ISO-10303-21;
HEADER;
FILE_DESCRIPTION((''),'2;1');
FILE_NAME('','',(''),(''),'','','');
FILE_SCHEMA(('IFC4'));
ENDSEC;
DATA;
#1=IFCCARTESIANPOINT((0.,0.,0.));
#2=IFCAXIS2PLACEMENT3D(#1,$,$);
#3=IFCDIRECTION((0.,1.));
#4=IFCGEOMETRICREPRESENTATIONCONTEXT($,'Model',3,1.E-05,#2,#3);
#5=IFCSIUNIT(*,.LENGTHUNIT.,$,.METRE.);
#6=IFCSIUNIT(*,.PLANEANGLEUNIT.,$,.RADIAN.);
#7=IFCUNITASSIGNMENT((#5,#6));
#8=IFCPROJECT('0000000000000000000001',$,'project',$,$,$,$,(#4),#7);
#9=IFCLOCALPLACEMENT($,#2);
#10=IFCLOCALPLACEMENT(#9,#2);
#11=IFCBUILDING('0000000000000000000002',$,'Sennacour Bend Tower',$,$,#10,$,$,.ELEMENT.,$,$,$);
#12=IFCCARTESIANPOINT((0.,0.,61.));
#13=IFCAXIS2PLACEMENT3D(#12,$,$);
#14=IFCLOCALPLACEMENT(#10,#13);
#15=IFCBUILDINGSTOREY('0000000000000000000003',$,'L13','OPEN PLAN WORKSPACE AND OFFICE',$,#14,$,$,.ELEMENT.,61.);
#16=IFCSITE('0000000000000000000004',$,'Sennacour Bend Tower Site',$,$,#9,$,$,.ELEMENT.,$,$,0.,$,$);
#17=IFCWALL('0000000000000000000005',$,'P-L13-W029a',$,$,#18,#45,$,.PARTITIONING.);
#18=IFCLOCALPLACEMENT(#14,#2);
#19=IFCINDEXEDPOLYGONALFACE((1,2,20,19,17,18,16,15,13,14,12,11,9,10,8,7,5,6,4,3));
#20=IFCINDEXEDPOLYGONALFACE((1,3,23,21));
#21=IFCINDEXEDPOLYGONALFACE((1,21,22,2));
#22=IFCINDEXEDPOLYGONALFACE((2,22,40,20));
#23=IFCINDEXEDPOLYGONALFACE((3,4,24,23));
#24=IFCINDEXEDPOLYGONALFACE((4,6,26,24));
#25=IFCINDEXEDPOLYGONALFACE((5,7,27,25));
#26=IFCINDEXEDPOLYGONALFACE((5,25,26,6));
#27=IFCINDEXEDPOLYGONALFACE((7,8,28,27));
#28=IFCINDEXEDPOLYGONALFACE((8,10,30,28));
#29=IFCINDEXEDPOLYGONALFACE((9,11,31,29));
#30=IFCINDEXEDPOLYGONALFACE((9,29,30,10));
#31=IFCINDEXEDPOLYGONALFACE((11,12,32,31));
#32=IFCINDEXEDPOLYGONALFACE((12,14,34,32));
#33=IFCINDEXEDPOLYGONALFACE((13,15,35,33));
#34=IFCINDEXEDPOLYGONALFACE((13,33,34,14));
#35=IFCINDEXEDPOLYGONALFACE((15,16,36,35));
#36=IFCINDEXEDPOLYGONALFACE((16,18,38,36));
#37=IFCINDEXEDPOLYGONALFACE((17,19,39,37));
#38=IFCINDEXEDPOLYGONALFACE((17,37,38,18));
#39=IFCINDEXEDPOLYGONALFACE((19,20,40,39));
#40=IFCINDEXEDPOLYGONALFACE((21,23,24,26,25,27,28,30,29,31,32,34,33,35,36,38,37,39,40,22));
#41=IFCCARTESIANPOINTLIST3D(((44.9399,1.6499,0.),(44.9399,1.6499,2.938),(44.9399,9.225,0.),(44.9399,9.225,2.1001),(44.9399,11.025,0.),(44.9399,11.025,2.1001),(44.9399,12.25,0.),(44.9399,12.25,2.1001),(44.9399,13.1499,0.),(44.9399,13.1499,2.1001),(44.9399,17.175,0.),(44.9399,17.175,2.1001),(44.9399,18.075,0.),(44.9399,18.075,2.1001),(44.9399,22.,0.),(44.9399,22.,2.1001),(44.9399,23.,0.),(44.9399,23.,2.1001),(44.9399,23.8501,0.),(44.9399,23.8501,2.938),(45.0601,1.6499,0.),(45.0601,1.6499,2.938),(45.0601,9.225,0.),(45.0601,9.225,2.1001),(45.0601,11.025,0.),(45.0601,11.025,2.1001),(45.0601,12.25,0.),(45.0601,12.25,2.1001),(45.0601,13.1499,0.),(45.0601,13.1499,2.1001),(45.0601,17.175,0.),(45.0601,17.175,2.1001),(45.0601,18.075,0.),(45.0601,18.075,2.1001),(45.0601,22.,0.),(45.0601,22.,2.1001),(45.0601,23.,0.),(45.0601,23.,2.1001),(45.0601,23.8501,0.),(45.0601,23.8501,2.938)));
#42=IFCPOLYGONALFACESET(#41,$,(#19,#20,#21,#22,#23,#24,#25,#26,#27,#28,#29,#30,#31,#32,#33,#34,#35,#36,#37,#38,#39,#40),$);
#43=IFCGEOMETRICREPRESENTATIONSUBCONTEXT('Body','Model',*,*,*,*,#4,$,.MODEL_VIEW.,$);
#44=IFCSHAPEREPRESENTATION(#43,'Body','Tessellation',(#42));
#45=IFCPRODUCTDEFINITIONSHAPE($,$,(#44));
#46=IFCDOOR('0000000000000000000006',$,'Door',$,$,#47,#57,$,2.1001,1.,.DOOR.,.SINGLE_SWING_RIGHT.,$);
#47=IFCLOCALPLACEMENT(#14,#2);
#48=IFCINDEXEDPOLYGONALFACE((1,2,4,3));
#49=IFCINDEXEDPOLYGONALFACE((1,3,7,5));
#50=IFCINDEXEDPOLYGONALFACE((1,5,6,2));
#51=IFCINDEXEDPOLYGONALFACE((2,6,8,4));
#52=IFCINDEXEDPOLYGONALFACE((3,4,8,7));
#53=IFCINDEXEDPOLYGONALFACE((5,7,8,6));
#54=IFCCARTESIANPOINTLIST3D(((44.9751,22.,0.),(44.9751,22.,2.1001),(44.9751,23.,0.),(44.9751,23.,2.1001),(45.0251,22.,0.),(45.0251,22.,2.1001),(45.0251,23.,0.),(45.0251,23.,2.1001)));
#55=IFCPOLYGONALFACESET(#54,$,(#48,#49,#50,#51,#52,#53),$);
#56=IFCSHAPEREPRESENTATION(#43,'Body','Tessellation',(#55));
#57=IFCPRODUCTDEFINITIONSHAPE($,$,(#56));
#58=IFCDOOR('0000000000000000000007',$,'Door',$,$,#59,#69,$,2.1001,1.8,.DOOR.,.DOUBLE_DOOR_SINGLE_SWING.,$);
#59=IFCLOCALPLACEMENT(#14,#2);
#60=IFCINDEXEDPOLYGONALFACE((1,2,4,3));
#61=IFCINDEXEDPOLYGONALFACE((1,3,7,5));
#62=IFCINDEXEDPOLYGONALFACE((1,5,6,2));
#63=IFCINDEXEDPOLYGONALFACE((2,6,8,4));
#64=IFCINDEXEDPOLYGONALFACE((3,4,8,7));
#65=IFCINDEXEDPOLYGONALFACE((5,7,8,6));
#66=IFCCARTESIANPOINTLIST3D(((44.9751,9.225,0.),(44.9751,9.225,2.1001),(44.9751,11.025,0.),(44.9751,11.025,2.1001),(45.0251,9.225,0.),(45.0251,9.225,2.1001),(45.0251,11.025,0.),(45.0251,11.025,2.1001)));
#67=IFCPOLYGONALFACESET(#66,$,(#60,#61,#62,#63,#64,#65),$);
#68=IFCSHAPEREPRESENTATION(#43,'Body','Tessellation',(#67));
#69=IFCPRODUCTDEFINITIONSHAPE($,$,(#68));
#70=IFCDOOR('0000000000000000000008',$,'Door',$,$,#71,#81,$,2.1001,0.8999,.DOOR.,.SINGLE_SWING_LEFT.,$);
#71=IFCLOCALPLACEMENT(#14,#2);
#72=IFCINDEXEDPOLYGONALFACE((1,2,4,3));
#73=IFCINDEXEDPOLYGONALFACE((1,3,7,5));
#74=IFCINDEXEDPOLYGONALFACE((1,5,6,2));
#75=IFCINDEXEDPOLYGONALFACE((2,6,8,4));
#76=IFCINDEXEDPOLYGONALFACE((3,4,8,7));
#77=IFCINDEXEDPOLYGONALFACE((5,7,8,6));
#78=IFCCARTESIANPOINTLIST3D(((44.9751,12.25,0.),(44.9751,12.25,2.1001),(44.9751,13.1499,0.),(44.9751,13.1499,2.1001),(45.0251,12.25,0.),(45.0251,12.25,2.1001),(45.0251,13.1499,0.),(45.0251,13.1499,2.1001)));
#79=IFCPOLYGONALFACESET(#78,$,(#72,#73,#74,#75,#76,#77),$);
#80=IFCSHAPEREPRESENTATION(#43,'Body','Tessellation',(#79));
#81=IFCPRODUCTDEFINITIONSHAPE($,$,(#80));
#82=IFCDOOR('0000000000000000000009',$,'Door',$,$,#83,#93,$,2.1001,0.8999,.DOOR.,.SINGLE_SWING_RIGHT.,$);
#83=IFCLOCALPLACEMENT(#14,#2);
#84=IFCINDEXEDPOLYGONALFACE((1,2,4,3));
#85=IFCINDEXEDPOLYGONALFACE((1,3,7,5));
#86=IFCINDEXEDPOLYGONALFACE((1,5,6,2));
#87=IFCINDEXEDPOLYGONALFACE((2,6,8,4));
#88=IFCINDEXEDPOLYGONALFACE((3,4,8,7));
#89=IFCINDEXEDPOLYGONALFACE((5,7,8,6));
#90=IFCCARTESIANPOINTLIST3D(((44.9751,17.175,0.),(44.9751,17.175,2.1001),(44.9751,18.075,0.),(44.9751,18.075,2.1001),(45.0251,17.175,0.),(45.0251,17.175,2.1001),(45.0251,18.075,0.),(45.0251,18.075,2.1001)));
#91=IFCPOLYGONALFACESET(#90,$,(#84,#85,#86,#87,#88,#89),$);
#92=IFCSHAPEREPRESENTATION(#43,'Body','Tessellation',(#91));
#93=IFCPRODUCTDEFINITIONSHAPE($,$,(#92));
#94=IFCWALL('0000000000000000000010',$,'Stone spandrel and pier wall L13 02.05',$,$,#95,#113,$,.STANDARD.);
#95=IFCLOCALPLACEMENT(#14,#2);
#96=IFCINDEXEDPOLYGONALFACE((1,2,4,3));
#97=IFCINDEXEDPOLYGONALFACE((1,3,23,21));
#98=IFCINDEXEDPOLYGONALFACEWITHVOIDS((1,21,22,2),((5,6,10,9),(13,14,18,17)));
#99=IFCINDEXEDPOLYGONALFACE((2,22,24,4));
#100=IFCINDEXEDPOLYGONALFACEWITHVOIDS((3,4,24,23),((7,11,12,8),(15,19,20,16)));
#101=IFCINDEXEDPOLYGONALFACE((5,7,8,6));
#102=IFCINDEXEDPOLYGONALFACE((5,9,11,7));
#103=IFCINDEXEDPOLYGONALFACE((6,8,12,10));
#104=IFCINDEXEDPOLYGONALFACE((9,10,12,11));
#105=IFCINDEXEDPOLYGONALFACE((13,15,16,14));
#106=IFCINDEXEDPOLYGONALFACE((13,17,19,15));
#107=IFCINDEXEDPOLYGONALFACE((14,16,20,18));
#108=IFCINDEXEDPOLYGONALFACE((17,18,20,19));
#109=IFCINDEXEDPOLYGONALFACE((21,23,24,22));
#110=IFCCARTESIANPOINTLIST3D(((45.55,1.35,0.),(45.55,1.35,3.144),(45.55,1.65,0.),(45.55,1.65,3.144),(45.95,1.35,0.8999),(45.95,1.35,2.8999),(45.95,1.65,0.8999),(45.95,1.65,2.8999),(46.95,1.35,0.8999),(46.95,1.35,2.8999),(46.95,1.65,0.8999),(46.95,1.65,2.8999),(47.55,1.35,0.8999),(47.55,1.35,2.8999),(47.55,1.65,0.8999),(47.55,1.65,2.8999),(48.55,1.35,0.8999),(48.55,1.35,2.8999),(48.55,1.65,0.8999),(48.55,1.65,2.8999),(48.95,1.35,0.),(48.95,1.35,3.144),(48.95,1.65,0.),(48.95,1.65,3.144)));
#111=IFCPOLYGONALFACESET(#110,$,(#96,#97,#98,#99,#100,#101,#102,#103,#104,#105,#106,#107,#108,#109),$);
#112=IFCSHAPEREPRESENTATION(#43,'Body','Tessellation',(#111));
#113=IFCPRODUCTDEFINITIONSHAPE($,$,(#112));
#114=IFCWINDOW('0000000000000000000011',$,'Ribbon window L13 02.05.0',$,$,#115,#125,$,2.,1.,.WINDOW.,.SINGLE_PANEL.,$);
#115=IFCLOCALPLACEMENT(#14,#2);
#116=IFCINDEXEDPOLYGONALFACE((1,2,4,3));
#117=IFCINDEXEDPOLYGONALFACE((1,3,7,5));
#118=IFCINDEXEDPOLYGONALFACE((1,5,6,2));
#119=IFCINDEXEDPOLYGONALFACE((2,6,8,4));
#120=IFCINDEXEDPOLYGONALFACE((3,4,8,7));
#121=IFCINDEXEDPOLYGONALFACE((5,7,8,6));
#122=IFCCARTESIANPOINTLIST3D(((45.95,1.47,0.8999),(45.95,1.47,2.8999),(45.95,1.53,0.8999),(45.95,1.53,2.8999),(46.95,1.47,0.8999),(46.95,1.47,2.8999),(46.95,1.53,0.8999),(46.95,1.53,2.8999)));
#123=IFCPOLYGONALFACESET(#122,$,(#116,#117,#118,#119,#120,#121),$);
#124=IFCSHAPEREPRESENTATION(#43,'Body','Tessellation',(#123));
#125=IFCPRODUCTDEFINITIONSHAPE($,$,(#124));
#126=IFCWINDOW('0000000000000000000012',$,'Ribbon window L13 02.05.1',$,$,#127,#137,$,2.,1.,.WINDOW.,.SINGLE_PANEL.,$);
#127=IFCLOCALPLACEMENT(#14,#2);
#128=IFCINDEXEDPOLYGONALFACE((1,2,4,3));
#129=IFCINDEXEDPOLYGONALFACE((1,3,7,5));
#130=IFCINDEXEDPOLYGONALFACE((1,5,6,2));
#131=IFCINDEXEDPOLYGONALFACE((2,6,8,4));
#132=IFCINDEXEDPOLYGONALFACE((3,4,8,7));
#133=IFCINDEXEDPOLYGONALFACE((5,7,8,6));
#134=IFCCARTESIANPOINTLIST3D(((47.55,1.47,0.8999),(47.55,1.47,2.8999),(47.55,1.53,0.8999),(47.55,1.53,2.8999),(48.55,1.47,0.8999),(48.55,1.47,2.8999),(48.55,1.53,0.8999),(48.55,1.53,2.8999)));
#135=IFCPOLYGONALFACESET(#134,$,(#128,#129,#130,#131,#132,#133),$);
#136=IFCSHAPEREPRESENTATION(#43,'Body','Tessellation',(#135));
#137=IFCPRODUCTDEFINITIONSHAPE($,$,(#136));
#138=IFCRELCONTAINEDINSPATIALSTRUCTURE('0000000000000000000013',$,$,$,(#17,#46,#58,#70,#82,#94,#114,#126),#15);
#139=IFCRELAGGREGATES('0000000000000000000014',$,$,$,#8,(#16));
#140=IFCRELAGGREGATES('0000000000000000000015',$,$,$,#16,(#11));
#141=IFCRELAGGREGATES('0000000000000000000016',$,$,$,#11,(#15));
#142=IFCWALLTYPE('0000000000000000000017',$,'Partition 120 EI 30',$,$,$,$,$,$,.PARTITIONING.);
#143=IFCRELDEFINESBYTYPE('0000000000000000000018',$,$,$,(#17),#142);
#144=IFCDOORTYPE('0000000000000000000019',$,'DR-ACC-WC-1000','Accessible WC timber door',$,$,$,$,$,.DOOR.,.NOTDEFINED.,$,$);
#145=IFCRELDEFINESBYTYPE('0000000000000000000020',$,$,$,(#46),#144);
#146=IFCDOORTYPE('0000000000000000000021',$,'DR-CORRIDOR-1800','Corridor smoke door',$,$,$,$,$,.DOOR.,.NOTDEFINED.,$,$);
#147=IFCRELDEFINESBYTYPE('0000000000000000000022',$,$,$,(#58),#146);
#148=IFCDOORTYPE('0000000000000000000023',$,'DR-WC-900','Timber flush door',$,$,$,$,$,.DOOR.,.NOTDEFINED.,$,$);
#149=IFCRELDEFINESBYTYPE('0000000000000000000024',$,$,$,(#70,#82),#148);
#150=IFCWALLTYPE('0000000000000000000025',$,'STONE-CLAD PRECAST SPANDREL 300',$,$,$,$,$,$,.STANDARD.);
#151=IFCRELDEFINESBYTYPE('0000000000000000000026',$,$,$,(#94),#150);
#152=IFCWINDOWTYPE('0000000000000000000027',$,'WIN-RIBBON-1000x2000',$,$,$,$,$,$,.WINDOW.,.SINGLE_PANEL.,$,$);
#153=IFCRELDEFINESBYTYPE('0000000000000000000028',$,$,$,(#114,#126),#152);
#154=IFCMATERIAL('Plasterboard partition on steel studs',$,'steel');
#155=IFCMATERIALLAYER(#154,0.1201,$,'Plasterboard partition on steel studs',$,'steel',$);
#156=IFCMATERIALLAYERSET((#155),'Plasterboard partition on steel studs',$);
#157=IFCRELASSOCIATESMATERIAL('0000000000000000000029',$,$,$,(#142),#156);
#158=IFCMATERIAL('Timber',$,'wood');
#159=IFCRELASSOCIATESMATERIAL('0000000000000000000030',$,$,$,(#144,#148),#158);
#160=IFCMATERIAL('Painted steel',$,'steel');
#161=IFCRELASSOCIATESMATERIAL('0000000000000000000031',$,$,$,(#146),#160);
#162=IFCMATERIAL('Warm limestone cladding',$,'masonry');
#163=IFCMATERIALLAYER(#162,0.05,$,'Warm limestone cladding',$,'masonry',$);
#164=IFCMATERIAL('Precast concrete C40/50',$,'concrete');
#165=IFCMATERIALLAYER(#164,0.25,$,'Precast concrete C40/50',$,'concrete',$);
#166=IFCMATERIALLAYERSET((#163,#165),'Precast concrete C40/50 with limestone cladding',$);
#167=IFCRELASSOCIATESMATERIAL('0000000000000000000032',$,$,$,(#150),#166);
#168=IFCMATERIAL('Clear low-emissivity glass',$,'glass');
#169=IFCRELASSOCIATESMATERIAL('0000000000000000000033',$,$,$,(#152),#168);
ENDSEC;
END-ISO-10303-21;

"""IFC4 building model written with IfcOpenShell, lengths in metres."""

from ifc_helpers import new_model, si_unit, direction, frame, frame_2d, origin, place, context, subcontext, project, spatial, rectangle, extrude, material, layer, layer_set, type_object, element, fill, save


model = new_model("IFC4")

# Units and contexts
model_context = context("Model", 3, precision=1e-05, world=origin(), true_north=direction((0.0, 1.0)))
body_context = subcontext(model_context, "Body", "Model", "MODEL_VIEW")
ifc_project = project(units=[si_unit("LENGTHUNIT", "METRE"), si_unit("PLANEANGLEUNIT", "RADIAN")], contexts=[model_context])

# Site, building, storey
site_placement = place(None, origin())
site = spatial("IfcSite", under=ifc_project, at=site_placement, Name="Sennacour Bend Tower Site", CompositionType="ELEMENT", RefElevation=0.0)
building_placement = place(site_placement, origin())
building = spatial("IfcBuilding", under=site, at=building_placement, Name="Sennacour Bend Tower", CompositionType="ELEMENT")
storey_placement = place(building_placement, frame((0.0, 0.0, 61.0)))
storey = spatial("IfcBuildingStorey", under=building, at=storey_placement, Name="L13", Description="OPEN PLAN WORKSPACE AND OFFICE", CompositionType="ELEMENT", Elevation=61.0)

# Wall, openings, doors
ifc_material_1 = material(Name="Plasterboard partition on steel studs", Category="steel")
ifc_layer_1 = layer(ifc_material_1, 0.1201, Name="Plasterboard partition on steel studs", Category="steel")
ifc_layer_set_1 = layer_set([ifc_layer_1], Name="Plasterboard partition on steel studs")
wall_type_1 = type_object("IfcWallType", Name="Partition 120 EI 30", PredefinedType="PARTITIONING", material=ifc_layer_set_1)
wall_1_placement = place(storey_placement, frame((45.0, 1.6499, 0.0), z_axis=(0.0, 0.0, 1.0), x_axis=(0.0, 1.0, 0.0)))
wall_1 = element("IfcWall", 1, at=wall_1_placement, inside=storey, type_object=wall_type_1, Name="P-L13-W029a", PredefinedType="PARTITIONING", context=body_context, shape_type="SweptSolid", body=[
    extrude(rectangle(XDim=22.2002, YDim=0.1201, at=frame_2d((11.1001, 0.0))), origin(), (0.0, 0.0, 1.0), 2.938),
])
opening_1_placement = place(wall_1_placement, frame((7.5752, 0.0, 0.0)))
opening_1 = element("IfcOpeningElement", 2, at=opening_1_placement, cuts=wall_1, PredefinedType="OPENING", context=body_context, shape_type="SweptSolid", body=[
    extrude(rectangle(XDim=1.8, YDim=2.1001, at=frame_2d((0.8999, 1.05))), frame((0.0, 0.0701, 0.0), z_axis=(0.0, -1.0, 0.0), x_axis=(1.0, 0.0, 0.0)), (0.0, 0.0, 1.0), 0.1401),
])
opening_2_placement = place(wall_1_placement, frame((10.6001, 0.0, 0.0)))
opening_2 = element("IfcOpeningElement", 3, at=opening_2_placement, cuts=wall_1, PredefinedType="OPENING", context=body_context, shape_type="SweptSolid", body=[
    extrude(rectangle(XDim=0.8999, YDim=2.1001, at=frame_2d((0.45, 1.05))), frame((0.0, 0.0701, 0.0), z_axis=(0.0, -1.0, 0.0), x_axis=(1.0, 0.0, 0.0)), (0.0, 0.0, 1.0), 0.1401),
])
opening_3_placement = place(wall_1_placement, frame((15.5251, 0.0, 0.0)))
opening_3 = element("IfcOpeningElement", 4, at=opening_3_placement, cuts=wall_1, PredefinedType="OPENING", context=body_context, shape_type="SweptSolid", body=[
    extrude(rectangle(XDim=0.8999, YDim=2.1001, at=frame_2d((0.45, 1.05))), frame((0.0, 0.0701, 0.0), z_axis=(0.0, -1.0, 0.0), x_axis=(1.0, 0.0, 0.0)), (0.0, 0.0, 1.0), 0.1401),
])
opening_4_placement = place(wall_1_placement, frame((20.3501, 0.0, 0.0)))
opening_4 = element("IfcOpeningElement", 5, at=opening_4_placement, cuts=wall_1, PredefinedType="OPENING", context=body_context, shape_type="SweptSolid", body=[
    extrude(rectangle(XDim=1.0, YDim=2.1001, at=frame_2d((0.5, 1.05))), frame((0.0, 0.0701, 0.0), z_axis=(0.0, -1.0, 0.0), x_axis=(1.0, 0.0, 0.0)), (0.0, 0.0, 1.0), 0.1401),
])
ifc_material_2 = material(Name="Timber", Category="wood")
door_type_1 = type_object("IfcDoorType", Name="DR-ACC-WC-1000", Description="Accessible WC timber door", OperationType="NOTDEFINED", PredefinedType="DOOR", material=ifc_material_2)
door_1_placement = place(opening_4_placement, origin())
door_1 = element("IfcDoor", 6, at=door_1_placement, inside=storey, type_object=door_type_1, Name="Door", OperationType="SINGLE_SWING_RIGHT", OverallHeight=2.1001, OverallWidth=1.0, PredefinedType="DOOR", context=body_context, shape_type="SweptSolid", body=[
    extrude(rectangle(XDim=1.0, YDim=2.1001, at=frame_2d((0.5, 1.05))), frame((0.0, 0.0249, 0.0), z_axis=(0.0, -1.0, 0.0), x_axis=(1.0, 0.0, 0.0)), (0.0, 0.0, 1.0), 0.05),
])
fill(opening_4, door_1)
ifc_material_3 = material(Name="Painted steel", Category="steel")
door_type_2 = type_object("IfcDoorType", Name="DR-CORRIDOR-1800", Description="Corridor smoke door", OperationType="NOTDEFINED", PredefinedType="DOOR", material=ifc_material_3)
door_2_placement = place(opening_1_placement, origin())
door_2 = element("IfcDoor", 7, at=door_2_placement, inside=storey, type_object=door_type_2, Name="Door", OperationType="DOUBLE_DOOR_SINGLE_SWING", OverallHeight=2.1001, OverallWidth=1.8, PredefinedType="DOOR", context=body_context, shape_type="SweptSolid", body=[
    extrude(rectangle(XDim=1.8, YDim=2.1001, at=frame_2d((0.8999, 1.05))), frame((0.0, 0.0249, 0.0), z_axis=(0.0, -1.0, 0.0), x_axis=(1.0, 0.0, 0.0)), (0.0, 0.0, 1.0), 0.05),
])
fill(opening_1, door_2)
door_type_3 = type_object("IfcDoorType", Name="DR-WC-900", Description="Timber flush door", OperationType="NOTDEFINED", PredefinedType="DOOR", material=ifc_material_2)
door_3_placement = place(opening_2_placement, origin())
door_3 = element("IfcDoor", 8, at=door_3_placement, inside=storey, type_object=door_type_3, Name="Door", OperationType="SINGLE_SWING_LEFT", OverallHeight=2.1001, OverallWidth=0.8999, PredefinedType="DOOR", context=body_context, shape_type="SweptSolid", body=[
    extrude(rectangle(XDim=0.8999, YDim=2.1001, at=frame_2d((0.45, 1.05))), frame((0.0, 0.0249, 0.0), z_axis=(0.0, -1.0, 0.0), x_axis=(1.0, 0.0, 0.0)), (0.0, 0.0, 1.0), 0.05),
])
fill(opening_2, door_3)
door_4_placement = place(opening_3_placement, origin())
door_4 = element("IfcDoor", 9, at=door_4_placement, inside=storey, type_object=door_type_3, Name="Door", OperationType="SINGLE_SWING_RIGHT", OverallHeight=2.1001, OverallWidth=0.8999, PredefinedType="DOOR", context=body_context, shape_type="SweptSolid", body=[
    extrude(rectangle(XDim=0.8999, YDim=2.1001, at=frame_2d((0.45, 1.05))), frame((0.0, 0.0249, 0.0), z_axis=(0.0, -1.0, 0.0), x_axis=(1.0, 0.0, 0.0)), (0.0, 0.0, 1.0), 0.05),
])
fill(opening_3, door_4)

# Wall, openings, windows
ifc_material_4 = material(Name="Warm limestone cladding", Category="masonry")
ifc_layer_2 = layer(ifc_material_4, 0.05, Name="Warm limestone cladding", Category="masonry")
ifc_material_5 = material(Name="Precast concrete C40/50", Category="concrete")
ifc_layer_3 = layer(ifc_material_5, 0.25, Name="Precast concrete C40/50", Category="concrete")
ifc_layer_set_2 = layer_set([ifc_layer_2, ifc_layer_3], Name="Precast concrete C40/50 with limestone cladding")
wall_type_2 = type_object("IfcWallType", Name="STONE-CLAD PRECAST SPANDREL 300", PredefinedType="STANDARD", material=ifc_layer_set_2)
wall_2_placement = place(storey_placement, frame((45.55, 1.5, 0.0), z_axis=(0.0, 0.0, 1.0), x_axis=(1.0, 0.0, 0.0)))
wall_2 = element("IfcWall", 10, at=wall_2_placement, inside=storey, type_object=wall_type_2, Name="Stone spandrel and pier wall L13 02.05", PredefinedType="STANDARD", context=body_context, shape_type="SweptSolid", body=[
    extrude(rectangle(XDim=3.3999, YDim=0.3, at=frame_2d((1.7, 0.0))), origin(), (0.0, 0.0, 1.0), 3.144),
])
opening_5_placement = place(wall_2_placement, frame((0.3999, 0.0, 0.8999)))
opening_5 = element("IfcOpeningElement", 11, at=opening_5_placement, cuts=wall_2, PredefinedType="OPENING", context=body_context, shape_type="SweptSolid", body=[
    extrude(rectangle(XDim=1.0, YDim=2.0, at=frame_2d((0.5, 1.0))), frame((0.0, 0.1602, 0.0), z_axis=(0.0, -1.0, 0.0), x_axis=(1.0, 0.0, 0.0)), (0.0, 0.0, 1.0), 0.3201),
])
opening_6_placement = place(wall_2_placement, frame((2.0, 0.0, 0.8999)))
opening_6 = element("IfcOpeningElement", 12, at=opening_6_placement, cuts=wall_2, PredefinedType="OPENING", context=body_context, shape_type="SweptSolid", body=[
    extrude(rectangle(XDim=1.0, YDim=2.0, at=frame_2d((0.5, 1.0))), frame((0.0, 0.1602, 0.0), z_axis=(0.0, -1.0, 0.0), x_axis=(1.0, 0.0, 0.0)), (0.0, 0.0, 1.0), 0.3201),
])
ifc_material_6 = material(Name="Clear low-emissivity glass", Category="glass")
window_type = type_object("IfcWindowType", Name="WIN-RIBBON-1000x2000", PartitioningType="SINGLE_PANEL", PredefinedType="WINDOW", material=ifc_material_6)
window_1_placement = place(opening_5_placement, origin())
window_1 = element("IfcWindow", 13, at=window_1_placement, inside=storey, type_object=window_type, Name="Ribbon window L13 02.05.0", OverallHeight=2.0, OverallWidth=1.0, PartitioningType="SINGLE_PANEL", PredefinedType="WINDOW", context=body_context, shape_type="SweptSolid", body=[
    extrude(rectangle(XDim=1.0, YDim=2.0, at=frame_2d((0.5, 1.0))), frame((0.0, 0.03, 0.0), z_axis=(0.0, -1.0, 0.0), x_axis=(1.0, 0.0, 0.0)), (0.0, 0.0, 1.0), 0.0601),
])
fill(opening_5, window_1)
window_2_placement = place(opening_6_placement, origin())
window_2 = element("IfcWindow", 14, at=window_2_placement, inside=storey, type_object=window_type, Name="Ribbon window L13 02.05.1", OverallHeight=2.0, OverallWidth=1.0, PartitioningType="SINGLE_PANEL", PredefinedType="WINDOW", context=body_context, shape_type="SweptSolid", body=[
    extrude(rectangle(XDim=1.0, YDim=2.0, at=frame_2d((0.5, 1.0))), frame((0.0, 0.03, 0.0), z_axis=(0.0, -1.0, 0.0), x_axis=(1.0, 0.0, 0.0)), (0.0, 0.0, 1.0), 0.0601),
])
fill(opening_6, window_2)

save(model, "model.ifc")
